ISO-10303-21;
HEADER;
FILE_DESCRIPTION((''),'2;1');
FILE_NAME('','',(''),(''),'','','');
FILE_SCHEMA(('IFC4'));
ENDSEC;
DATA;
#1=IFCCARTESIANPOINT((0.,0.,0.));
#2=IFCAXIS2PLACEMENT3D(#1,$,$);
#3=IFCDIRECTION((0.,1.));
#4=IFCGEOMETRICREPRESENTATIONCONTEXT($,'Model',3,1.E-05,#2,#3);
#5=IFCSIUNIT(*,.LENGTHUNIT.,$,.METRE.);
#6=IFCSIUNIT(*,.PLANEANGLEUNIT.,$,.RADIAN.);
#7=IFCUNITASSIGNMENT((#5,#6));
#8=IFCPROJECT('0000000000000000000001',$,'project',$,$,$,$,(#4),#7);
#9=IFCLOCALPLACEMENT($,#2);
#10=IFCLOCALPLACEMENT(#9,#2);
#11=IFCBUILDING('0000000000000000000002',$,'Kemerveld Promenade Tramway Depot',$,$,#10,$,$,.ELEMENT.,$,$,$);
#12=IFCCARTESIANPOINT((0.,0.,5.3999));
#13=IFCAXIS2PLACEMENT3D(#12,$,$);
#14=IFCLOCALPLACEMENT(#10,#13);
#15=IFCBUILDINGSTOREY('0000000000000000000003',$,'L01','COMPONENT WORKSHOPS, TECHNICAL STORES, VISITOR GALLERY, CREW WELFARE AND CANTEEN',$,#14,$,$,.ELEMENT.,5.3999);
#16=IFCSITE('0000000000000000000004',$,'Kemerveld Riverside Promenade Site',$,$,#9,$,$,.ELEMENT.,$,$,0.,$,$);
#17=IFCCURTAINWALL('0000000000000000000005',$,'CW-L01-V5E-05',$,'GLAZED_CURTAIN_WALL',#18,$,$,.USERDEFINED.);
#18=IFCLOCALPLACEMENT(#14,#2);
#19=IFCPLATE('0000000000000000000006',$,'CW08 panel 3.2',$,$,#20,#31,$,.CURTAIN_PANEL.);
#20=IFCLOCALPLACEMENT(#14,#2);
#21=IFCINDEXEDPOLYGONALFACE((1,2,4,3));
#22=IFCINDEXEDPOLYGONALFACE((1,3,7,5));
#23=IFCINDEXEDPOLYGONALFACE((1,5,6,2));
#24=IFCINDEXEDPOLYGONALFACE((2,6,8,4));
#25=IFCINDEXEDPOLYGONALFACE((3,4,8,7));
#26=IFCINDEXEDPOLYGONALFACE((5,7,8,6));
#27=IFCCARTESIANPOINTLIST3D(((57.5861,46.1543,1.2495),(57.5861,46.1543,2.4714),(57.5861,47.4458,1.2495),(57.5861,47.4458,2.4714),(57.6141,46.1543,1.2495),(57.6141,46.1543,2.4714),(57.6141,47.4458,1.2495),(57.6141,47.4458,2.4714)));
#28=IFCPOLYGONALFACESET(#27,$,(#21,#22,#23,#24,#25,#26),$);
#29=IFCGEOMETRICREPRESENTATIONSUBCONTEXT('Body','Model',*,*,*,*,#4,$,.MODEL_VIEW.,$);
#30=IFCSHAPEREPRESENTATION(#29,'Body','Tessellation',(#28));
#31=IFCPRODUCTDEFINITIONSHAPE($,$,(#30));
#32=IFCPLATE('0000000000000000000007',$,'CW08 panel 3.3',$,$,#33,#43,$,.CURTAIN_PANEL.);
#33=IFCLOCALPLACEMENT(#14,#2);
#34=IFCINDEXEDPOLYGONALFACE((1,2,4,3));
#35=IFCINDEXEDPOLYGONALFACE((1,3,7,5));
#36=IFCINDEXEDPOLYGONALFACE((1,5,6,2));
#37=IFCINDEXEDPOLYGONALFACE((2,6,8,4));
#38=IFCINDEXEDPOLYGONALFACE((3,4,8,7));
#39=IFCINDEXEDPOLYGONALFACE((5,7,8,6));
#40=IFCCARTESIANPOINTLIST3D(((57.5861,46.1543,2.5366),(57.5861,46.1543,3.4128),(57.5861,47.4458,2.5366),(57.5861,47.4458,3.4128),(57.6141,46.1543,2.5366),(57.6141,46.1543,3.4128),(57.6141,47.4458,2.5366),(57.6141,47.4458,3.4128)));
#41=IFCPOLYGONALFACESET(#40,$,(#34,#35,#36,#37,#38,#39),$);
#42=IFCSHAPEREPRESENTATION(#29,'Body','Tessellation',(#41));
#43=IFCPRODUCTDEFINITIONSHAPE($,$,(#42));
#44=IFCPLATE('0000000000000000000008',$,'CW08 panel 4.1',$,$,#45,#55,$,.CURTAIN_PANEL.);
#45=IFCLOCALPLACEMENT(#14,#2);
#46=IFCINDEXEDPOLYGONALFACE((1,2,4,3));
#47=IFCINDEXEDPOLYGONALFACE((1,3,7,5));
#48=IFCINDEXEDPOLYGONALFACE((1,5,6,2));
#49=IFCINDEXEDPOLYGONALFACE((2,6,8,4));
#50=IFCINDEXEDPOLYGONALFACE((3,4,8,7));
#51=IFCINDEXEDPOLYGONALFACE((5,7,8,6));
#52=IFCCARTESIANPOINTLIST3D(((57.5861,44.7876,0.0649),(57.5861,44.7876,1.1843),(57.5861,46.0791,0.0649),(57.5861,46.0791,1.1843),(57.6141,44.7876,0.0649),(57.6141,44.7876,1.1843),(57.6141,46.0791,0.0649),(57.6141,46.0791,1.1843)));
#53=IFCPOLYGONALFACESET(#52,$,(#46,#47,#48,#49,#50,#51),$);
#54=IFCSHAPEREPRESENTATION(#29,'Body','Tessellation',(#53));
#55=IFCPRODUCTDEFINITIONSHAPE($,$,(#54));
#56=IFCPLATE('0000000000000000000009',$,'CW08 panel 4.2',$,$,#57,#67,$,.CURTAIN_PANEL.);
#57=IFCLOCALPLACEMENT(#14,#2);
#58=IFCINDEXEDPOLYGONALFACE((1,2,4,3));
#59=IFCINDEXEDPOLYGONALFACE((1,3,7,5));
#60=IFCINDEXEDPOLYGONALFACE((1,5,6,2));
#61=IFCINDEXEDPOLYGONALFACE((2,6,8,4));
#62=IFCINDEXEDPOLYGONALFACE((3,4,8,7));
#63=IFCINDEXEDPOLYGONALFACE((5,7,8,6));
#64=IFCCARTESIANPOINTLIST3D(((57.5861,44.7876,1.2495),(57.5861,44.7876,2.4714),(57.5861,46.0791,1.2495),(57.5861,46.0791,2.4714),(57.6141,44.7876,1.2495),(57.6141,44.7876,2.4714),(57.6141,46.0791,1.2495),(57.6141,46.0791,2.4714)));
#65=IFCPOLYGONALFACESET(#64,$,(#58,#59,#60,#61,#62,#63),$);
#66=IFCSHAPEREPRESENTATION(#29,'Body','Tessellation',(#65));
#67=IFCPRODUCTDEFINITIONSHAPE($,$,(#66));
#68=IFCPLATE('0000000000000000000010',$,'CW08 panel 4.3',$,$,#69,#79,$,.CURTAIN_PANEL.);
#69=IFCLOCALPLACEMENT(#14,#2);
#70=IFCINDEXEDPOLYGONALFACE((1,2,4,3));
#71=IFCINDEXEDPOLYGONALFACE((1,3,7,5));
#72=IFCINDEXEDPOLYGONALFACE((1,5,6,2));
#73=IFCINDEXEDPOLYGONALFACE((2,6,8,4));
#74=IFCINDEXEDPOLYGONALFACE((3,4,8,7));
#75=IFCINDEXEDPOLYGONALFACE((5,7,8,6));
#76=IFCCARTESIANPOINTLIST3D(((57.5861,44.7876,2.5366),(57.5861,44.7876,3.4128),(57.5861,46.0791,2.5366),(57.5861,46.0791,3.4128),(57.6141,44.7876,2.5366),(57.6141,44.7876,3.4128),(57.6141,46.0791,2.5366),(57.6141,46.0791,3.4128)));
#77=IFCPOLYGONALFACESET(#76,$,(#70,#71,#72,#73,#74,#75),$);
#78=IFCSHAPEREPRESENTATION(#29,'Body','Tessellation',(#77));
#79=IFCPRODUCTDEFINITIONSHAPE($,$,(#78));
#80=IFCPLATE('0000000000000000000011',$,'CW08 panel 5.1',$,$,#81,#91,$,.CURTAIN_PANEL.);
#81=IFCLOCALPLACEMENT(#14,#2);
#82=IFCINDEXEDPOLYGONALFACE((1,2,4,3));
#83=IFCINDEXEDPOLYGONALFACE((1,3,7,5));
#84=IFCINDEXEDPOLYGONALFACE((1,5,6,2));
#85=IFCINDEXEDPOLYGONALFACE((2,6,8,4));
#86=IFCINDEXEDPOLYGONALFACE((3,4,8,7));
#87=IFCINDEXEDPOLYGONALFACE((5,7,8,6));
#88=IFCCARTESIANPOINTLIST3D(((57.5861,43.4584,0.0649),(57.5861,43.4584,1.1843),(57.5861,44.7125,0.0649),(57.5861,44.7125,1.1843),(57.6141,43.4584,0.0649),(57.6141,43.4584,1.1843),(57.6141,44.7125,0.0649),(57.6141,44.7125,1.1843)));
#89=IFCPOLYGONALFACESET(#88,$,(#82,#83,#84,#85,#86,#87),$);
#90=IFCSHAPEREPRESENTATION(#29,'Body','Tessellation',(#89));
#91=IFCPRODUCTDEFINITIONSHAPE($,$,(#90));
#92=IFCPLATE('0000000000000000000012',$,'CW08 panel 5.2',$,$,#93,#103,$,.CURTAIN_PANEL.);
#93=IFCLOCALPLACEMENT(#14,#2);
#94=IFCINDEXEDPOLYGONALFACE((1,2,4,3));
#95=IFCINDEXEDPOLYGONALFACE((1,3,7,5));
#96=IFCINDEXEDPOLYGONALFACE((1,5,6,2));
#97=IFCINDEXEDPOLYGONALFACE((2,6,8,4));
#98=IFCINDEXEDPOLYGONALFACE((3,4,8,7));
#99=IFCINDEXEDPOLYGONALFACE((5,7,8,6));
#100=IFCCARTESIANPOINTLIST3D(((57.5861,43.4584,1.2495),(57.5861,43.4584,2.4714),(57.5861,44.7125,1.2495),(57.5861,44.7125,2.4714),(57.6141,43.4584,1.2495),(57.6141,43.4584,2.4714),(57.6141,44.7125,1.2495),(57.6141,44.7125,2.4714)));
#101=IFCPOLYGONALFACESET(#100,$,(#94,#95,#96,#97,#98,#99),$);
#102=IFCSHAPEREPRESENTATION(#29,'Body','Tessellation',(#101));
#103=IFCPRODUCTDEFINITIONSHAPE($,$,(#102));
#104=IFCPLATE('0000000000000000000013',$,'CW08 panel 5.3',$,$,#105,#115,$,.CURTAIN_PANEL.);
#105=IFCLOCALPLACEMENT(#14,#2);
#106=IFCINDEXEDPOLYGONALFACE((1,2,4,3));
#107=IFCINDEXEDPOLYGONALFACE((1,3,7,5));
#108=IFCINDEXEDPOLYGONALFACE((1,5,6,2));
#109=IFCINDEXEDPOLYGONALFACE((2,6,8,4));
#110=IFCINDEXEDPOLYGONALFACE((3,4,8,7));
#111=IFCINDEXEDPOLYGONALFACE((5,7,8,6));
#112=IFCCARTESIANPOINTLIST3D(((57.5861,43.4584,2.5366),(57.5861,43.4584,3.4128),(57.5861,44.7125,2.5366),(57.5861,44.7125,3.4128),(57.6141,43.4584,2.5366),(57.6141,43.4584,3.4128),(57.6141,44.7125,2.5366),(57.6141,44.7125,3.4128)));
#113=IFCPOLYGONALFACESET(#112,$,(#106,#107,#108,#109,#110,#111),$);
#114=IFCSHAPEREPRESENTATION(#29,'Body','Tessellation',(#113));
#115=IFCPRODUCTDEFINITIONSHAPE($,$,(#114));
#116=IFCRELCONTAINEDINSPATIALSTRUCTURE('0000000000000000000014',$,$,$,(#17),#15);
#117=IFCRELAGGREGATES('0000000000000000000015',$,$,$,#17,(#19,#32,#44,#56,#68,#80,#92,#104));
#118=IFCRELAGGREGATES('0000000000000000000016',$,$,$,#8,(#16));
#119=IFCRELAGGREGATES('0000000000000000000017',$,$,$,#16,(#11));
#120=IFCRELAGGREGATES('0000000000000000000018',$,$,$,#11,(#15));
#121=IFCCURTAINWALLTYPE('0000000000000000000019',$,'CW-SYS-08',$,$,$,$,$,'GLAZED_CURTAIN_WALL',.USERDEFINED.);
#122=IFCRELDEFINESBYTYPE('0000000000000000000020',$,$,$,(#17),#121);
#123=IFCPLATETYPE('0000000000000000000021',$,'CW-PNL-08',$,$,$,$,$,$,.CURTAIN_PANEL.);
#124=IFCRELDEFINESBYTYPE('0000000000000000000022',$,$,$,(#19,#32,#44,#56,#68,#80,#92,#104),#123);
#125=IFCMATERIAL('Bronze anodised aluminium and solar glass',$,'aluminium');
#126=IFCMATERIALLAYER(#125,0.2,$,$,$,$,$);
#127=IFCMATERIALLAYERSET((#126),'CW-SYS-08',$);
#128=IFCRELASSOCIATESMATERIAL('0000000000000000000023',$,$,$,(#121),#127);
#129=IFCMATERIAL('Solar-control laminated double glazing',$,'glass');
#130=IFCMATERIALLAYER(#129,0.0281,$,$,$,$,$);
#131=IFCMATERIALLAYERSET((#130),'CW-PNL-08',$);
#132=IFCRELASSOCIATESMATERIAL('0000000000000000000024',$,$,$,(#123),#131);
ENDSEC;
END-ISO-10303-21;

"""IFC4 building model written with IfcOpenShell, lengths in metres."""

from ifc_helpers import new_model, si_unit, direction, frame, origin, origin_2d, place, context, subcontext, project, spatial, rectangle, extrude, material, layer, layer_set, type_object, element, aggregate, save


model = new_model("IFC4")

# Units and contexts
model_context = context("Model", 3, precision=1e-05, world=origin(), true_north=direction((0.0, 1.0)))
body_context = subcontext(model_context, "Body", "Model", "MODEL_VIEW")
ifc_project = project(units=[si_unit("LENGTHUNIT", "METRE"), si_unit("PLANEANGLEUNIT", "RADIAN")], contexts=[model_context])

# Site, building, storey
site_placement = place(None, origin())
site = spatial("IfcSite", under=ifc_project, at=site_placement, Name="Kemerveld Riverside Promenade Site", CompositionType="ELEMENT", RefElevation=0.0)
building_placement = place(site_placement, origin())
building = spatial("IfcBuilding", under=site, at=building_placement, Name="Kemerveld Promenade Tramway Depot", CompositionType="ELEMENT")
storey_placement = place(building_placement, frame((0.0, 0.0, 5.3999)))
storey = spatial("IfcBuildingStorey", under=building, at=storey_placement, Name="L01", Description="COMPONENT WORKSHOPS, TECHNICAL STORES, VISITOR GALLERY, CREW WELFARE AND CANTEEN", CompositionType="ELEMENT", Elevation=5.3999)

# Curtain wall, plates
ifc_material_1 = material(Name="Bronze anodised aluminium and solar glass", Category="aluminium")
ifc_layer_1 = layer(ifc_material_1, 0.2)
ifc_layer_set_1 = layer_set([ifc_layer_1], Name="CW-SYS-08")
curtain_wall_type = type_object("IfcCurtainWallType", Name="CW-SYS-08", ElementType="GLAZED_CURTAIN_WALL", PredefinedType="USERDEFINED", material=ifc_layer_set_1)
curtain_wall_placement = place(storey_placement, origin())
curtain_wall = element("IfcCurtainWall", 1, at=curtain_wall_placement, inside=storey, type_object=curtain_wall_type, Name="CW-L01-V5E-05", ObjectType="GLAZED_CURTAIN_WALL", PredefinedType="USERDEFINED")
ifc_material_2 = material(Name="Solar-control laminated double glazing", Category="glass")
ifc_layer_2 = layer(ifc_material_2, 0.0281)
ifc_layer_set_2 = layer_set([ifc_layer_2], Name="CW-PNL-08")
plate_type = type_object("IfcPlateType", Name="CW-PNL-08", PredefinedType="CURTAIN_PANEL", material=ifc_layer_set_2)
plate_1_placement = place(storey_placement, frame((57.6001, 46.8, 1.2495), z_axis=(0.0, 0.0, 1.0), x_axis=(0.0, -1.0, 0.0)))
plate_1 = element("IfcPlate", 2, at=plate_1_placement, type_object=plate_type, Name="CW08 panel 3.2", PredefinedType="CURTAIN_PANEL", context=body_context, shape_type="SweptSolid", body=[
    extrude(rectangle(XDim=1.2915, YDim=0.0281, at=origin_2d()), origin(), (0.0, 0.0, 1.0), 1.2219),
])
plate_2_placement = place(storey_placement, frame((57.6001, 46.8, 2.5366), z_axis=(0.0, 0.0, 1.0), x_axis=(0.0, -1.0, 0.0)))
plate_2 = element("IfcPlate", 3, at=plate_2_placement, type_object=plate_type, Name="CW08 panel 3.3", PredefinedType="CURTAIN_PANEL", context=body_context, shape_type="SweptSolid", body=[
    extrude(rectangle(XDim=1.2915, YDim=0.0281, at=origin_2d()), origin(), (0.0, 0.0, 1.0), 0.8762),
])
plate_3_placement = place(storey_placement, frame((57.6001, 45.4333, 0.0649), z_axis=(0.0, 0.0, 1.0), x_axis=(0.0, -1.0, 0.0)))
plate_3 = element("IfcPlate", 4, at=plate_3_placement, type_object=plate_type, Name="CW08 panel 4.1", PredefinedType="CURTAIN_PANEL", context=body_context, shape_type="SweptSolid", body=[
    extrude(rectangle(XDim=1.2915, YDim=0.0281, at=origin_2d()), origin(), (0.0, 0.0, 1.0), 1.1194),
])
plate_4_placement = place(storey_placement, frame((57.6001, 45.4333, 1.2495), z_axis=(0.0, 0.0, 1.0), x_axis=(0.0, -1.0, 0.0)))
plate_4 = element("IfcPlate", 5, at=plate_4_placement, type_object=plate_type, Name="CW08 panel 4.2", PredefinedType="CURTAIN_PANEL", context=body_context, shape_type="SweptSolid", body=[
    extrude(rectangle(XDim=1.2915, YDim=0.0281, at=origin_2d()), origin(), (0.0, 0.0, 1.0), 1.2219),
])
plate_5_placement = place(storey_placement, frame((57.6001, 45.4333, 2.5366), z_axis=(0.0, 0.0, 1.0), x_axis=(0.0, -1.0, 0.0)))
plate_5 = element("IfcPlate", 6, at=plate_5_placement, type_object=plate_type, Name="CW08 panel 4.3", PredefinedType="CURTAIN_PANEL", context=body_context, shape_type="SweptSolid", body=[
    extrude(rectangle(XDim=1.2915, YDim=0.0281, at=origin_2d()), origin(), (0.0, 0.0, 1.0), 0.8762),
])
plate_6_placement = place(storey_placement, frame((57.6001, 44.0854, 0.0649), z_axis=(0.0, 0.0, 1.0), x_axis=(0.0, -1.0, 0.0)))
plate_6 = element("IfcPlate", 7, at=plate_6_placement, type_object=plate_type, Name="CW08 panel 5.1", PredefinedType="CURTAIN_PANEL", context=body_context, shape_type="SweptSolid", body=[
    extrude(rectangle(XDim=1.2542, YDim=0.0281, at=origin_2d()), origin(), (0.0, 0.0, 1.0), 1.1194),
])
plate_7_placement = place(storey_placement, frame((57.6001, 44.0854, 1.2495), z_axis=(0.0, 0.0, 1.0), x_axis=(0.0, -1.0, 0.0)))
plate_7 = element("IfcPlate", 8, at=plate_7_placement, type_object=plate_type, Name="CW08 panel 5.2", PredefinedType="CURTAIN_PANEL", context=body_context, shape_type="SweptSolid", body=[
    extrude(rectangle(XDim=1.2542, YDim=0.0281, at=origin_2d()), origin(), (0.0, 0.0, 1.0), 1.2219),
])
plate_8_placement = place(storey_placement, frame((57.6001, 44.0854, 2.5366), z_axis=(0.0, 0.0, 1.0), x_axis=(0.0, -1.0, 0.0)))
plate_8 = element("IfcPlate", 9, at=plate_8_placement, type_object=plate_type, Name="CW08 panel 5.3", PredefinedType="CURTAIN_PANEL", context=body_context, shape_type="SweptSolid", body=[
    extrude(rectangle(XDim=1.2542, YDim=0.0281, at=origin_2d()), origin(), (0.0, 0.0, 1.0), 0.8762),
])
aggregate(curtain_wall, [plate_1, plate_2, plate_3, plate_4, plate_5, plate_6, plate_7, plate_8])

save(model, "model.ifc")
